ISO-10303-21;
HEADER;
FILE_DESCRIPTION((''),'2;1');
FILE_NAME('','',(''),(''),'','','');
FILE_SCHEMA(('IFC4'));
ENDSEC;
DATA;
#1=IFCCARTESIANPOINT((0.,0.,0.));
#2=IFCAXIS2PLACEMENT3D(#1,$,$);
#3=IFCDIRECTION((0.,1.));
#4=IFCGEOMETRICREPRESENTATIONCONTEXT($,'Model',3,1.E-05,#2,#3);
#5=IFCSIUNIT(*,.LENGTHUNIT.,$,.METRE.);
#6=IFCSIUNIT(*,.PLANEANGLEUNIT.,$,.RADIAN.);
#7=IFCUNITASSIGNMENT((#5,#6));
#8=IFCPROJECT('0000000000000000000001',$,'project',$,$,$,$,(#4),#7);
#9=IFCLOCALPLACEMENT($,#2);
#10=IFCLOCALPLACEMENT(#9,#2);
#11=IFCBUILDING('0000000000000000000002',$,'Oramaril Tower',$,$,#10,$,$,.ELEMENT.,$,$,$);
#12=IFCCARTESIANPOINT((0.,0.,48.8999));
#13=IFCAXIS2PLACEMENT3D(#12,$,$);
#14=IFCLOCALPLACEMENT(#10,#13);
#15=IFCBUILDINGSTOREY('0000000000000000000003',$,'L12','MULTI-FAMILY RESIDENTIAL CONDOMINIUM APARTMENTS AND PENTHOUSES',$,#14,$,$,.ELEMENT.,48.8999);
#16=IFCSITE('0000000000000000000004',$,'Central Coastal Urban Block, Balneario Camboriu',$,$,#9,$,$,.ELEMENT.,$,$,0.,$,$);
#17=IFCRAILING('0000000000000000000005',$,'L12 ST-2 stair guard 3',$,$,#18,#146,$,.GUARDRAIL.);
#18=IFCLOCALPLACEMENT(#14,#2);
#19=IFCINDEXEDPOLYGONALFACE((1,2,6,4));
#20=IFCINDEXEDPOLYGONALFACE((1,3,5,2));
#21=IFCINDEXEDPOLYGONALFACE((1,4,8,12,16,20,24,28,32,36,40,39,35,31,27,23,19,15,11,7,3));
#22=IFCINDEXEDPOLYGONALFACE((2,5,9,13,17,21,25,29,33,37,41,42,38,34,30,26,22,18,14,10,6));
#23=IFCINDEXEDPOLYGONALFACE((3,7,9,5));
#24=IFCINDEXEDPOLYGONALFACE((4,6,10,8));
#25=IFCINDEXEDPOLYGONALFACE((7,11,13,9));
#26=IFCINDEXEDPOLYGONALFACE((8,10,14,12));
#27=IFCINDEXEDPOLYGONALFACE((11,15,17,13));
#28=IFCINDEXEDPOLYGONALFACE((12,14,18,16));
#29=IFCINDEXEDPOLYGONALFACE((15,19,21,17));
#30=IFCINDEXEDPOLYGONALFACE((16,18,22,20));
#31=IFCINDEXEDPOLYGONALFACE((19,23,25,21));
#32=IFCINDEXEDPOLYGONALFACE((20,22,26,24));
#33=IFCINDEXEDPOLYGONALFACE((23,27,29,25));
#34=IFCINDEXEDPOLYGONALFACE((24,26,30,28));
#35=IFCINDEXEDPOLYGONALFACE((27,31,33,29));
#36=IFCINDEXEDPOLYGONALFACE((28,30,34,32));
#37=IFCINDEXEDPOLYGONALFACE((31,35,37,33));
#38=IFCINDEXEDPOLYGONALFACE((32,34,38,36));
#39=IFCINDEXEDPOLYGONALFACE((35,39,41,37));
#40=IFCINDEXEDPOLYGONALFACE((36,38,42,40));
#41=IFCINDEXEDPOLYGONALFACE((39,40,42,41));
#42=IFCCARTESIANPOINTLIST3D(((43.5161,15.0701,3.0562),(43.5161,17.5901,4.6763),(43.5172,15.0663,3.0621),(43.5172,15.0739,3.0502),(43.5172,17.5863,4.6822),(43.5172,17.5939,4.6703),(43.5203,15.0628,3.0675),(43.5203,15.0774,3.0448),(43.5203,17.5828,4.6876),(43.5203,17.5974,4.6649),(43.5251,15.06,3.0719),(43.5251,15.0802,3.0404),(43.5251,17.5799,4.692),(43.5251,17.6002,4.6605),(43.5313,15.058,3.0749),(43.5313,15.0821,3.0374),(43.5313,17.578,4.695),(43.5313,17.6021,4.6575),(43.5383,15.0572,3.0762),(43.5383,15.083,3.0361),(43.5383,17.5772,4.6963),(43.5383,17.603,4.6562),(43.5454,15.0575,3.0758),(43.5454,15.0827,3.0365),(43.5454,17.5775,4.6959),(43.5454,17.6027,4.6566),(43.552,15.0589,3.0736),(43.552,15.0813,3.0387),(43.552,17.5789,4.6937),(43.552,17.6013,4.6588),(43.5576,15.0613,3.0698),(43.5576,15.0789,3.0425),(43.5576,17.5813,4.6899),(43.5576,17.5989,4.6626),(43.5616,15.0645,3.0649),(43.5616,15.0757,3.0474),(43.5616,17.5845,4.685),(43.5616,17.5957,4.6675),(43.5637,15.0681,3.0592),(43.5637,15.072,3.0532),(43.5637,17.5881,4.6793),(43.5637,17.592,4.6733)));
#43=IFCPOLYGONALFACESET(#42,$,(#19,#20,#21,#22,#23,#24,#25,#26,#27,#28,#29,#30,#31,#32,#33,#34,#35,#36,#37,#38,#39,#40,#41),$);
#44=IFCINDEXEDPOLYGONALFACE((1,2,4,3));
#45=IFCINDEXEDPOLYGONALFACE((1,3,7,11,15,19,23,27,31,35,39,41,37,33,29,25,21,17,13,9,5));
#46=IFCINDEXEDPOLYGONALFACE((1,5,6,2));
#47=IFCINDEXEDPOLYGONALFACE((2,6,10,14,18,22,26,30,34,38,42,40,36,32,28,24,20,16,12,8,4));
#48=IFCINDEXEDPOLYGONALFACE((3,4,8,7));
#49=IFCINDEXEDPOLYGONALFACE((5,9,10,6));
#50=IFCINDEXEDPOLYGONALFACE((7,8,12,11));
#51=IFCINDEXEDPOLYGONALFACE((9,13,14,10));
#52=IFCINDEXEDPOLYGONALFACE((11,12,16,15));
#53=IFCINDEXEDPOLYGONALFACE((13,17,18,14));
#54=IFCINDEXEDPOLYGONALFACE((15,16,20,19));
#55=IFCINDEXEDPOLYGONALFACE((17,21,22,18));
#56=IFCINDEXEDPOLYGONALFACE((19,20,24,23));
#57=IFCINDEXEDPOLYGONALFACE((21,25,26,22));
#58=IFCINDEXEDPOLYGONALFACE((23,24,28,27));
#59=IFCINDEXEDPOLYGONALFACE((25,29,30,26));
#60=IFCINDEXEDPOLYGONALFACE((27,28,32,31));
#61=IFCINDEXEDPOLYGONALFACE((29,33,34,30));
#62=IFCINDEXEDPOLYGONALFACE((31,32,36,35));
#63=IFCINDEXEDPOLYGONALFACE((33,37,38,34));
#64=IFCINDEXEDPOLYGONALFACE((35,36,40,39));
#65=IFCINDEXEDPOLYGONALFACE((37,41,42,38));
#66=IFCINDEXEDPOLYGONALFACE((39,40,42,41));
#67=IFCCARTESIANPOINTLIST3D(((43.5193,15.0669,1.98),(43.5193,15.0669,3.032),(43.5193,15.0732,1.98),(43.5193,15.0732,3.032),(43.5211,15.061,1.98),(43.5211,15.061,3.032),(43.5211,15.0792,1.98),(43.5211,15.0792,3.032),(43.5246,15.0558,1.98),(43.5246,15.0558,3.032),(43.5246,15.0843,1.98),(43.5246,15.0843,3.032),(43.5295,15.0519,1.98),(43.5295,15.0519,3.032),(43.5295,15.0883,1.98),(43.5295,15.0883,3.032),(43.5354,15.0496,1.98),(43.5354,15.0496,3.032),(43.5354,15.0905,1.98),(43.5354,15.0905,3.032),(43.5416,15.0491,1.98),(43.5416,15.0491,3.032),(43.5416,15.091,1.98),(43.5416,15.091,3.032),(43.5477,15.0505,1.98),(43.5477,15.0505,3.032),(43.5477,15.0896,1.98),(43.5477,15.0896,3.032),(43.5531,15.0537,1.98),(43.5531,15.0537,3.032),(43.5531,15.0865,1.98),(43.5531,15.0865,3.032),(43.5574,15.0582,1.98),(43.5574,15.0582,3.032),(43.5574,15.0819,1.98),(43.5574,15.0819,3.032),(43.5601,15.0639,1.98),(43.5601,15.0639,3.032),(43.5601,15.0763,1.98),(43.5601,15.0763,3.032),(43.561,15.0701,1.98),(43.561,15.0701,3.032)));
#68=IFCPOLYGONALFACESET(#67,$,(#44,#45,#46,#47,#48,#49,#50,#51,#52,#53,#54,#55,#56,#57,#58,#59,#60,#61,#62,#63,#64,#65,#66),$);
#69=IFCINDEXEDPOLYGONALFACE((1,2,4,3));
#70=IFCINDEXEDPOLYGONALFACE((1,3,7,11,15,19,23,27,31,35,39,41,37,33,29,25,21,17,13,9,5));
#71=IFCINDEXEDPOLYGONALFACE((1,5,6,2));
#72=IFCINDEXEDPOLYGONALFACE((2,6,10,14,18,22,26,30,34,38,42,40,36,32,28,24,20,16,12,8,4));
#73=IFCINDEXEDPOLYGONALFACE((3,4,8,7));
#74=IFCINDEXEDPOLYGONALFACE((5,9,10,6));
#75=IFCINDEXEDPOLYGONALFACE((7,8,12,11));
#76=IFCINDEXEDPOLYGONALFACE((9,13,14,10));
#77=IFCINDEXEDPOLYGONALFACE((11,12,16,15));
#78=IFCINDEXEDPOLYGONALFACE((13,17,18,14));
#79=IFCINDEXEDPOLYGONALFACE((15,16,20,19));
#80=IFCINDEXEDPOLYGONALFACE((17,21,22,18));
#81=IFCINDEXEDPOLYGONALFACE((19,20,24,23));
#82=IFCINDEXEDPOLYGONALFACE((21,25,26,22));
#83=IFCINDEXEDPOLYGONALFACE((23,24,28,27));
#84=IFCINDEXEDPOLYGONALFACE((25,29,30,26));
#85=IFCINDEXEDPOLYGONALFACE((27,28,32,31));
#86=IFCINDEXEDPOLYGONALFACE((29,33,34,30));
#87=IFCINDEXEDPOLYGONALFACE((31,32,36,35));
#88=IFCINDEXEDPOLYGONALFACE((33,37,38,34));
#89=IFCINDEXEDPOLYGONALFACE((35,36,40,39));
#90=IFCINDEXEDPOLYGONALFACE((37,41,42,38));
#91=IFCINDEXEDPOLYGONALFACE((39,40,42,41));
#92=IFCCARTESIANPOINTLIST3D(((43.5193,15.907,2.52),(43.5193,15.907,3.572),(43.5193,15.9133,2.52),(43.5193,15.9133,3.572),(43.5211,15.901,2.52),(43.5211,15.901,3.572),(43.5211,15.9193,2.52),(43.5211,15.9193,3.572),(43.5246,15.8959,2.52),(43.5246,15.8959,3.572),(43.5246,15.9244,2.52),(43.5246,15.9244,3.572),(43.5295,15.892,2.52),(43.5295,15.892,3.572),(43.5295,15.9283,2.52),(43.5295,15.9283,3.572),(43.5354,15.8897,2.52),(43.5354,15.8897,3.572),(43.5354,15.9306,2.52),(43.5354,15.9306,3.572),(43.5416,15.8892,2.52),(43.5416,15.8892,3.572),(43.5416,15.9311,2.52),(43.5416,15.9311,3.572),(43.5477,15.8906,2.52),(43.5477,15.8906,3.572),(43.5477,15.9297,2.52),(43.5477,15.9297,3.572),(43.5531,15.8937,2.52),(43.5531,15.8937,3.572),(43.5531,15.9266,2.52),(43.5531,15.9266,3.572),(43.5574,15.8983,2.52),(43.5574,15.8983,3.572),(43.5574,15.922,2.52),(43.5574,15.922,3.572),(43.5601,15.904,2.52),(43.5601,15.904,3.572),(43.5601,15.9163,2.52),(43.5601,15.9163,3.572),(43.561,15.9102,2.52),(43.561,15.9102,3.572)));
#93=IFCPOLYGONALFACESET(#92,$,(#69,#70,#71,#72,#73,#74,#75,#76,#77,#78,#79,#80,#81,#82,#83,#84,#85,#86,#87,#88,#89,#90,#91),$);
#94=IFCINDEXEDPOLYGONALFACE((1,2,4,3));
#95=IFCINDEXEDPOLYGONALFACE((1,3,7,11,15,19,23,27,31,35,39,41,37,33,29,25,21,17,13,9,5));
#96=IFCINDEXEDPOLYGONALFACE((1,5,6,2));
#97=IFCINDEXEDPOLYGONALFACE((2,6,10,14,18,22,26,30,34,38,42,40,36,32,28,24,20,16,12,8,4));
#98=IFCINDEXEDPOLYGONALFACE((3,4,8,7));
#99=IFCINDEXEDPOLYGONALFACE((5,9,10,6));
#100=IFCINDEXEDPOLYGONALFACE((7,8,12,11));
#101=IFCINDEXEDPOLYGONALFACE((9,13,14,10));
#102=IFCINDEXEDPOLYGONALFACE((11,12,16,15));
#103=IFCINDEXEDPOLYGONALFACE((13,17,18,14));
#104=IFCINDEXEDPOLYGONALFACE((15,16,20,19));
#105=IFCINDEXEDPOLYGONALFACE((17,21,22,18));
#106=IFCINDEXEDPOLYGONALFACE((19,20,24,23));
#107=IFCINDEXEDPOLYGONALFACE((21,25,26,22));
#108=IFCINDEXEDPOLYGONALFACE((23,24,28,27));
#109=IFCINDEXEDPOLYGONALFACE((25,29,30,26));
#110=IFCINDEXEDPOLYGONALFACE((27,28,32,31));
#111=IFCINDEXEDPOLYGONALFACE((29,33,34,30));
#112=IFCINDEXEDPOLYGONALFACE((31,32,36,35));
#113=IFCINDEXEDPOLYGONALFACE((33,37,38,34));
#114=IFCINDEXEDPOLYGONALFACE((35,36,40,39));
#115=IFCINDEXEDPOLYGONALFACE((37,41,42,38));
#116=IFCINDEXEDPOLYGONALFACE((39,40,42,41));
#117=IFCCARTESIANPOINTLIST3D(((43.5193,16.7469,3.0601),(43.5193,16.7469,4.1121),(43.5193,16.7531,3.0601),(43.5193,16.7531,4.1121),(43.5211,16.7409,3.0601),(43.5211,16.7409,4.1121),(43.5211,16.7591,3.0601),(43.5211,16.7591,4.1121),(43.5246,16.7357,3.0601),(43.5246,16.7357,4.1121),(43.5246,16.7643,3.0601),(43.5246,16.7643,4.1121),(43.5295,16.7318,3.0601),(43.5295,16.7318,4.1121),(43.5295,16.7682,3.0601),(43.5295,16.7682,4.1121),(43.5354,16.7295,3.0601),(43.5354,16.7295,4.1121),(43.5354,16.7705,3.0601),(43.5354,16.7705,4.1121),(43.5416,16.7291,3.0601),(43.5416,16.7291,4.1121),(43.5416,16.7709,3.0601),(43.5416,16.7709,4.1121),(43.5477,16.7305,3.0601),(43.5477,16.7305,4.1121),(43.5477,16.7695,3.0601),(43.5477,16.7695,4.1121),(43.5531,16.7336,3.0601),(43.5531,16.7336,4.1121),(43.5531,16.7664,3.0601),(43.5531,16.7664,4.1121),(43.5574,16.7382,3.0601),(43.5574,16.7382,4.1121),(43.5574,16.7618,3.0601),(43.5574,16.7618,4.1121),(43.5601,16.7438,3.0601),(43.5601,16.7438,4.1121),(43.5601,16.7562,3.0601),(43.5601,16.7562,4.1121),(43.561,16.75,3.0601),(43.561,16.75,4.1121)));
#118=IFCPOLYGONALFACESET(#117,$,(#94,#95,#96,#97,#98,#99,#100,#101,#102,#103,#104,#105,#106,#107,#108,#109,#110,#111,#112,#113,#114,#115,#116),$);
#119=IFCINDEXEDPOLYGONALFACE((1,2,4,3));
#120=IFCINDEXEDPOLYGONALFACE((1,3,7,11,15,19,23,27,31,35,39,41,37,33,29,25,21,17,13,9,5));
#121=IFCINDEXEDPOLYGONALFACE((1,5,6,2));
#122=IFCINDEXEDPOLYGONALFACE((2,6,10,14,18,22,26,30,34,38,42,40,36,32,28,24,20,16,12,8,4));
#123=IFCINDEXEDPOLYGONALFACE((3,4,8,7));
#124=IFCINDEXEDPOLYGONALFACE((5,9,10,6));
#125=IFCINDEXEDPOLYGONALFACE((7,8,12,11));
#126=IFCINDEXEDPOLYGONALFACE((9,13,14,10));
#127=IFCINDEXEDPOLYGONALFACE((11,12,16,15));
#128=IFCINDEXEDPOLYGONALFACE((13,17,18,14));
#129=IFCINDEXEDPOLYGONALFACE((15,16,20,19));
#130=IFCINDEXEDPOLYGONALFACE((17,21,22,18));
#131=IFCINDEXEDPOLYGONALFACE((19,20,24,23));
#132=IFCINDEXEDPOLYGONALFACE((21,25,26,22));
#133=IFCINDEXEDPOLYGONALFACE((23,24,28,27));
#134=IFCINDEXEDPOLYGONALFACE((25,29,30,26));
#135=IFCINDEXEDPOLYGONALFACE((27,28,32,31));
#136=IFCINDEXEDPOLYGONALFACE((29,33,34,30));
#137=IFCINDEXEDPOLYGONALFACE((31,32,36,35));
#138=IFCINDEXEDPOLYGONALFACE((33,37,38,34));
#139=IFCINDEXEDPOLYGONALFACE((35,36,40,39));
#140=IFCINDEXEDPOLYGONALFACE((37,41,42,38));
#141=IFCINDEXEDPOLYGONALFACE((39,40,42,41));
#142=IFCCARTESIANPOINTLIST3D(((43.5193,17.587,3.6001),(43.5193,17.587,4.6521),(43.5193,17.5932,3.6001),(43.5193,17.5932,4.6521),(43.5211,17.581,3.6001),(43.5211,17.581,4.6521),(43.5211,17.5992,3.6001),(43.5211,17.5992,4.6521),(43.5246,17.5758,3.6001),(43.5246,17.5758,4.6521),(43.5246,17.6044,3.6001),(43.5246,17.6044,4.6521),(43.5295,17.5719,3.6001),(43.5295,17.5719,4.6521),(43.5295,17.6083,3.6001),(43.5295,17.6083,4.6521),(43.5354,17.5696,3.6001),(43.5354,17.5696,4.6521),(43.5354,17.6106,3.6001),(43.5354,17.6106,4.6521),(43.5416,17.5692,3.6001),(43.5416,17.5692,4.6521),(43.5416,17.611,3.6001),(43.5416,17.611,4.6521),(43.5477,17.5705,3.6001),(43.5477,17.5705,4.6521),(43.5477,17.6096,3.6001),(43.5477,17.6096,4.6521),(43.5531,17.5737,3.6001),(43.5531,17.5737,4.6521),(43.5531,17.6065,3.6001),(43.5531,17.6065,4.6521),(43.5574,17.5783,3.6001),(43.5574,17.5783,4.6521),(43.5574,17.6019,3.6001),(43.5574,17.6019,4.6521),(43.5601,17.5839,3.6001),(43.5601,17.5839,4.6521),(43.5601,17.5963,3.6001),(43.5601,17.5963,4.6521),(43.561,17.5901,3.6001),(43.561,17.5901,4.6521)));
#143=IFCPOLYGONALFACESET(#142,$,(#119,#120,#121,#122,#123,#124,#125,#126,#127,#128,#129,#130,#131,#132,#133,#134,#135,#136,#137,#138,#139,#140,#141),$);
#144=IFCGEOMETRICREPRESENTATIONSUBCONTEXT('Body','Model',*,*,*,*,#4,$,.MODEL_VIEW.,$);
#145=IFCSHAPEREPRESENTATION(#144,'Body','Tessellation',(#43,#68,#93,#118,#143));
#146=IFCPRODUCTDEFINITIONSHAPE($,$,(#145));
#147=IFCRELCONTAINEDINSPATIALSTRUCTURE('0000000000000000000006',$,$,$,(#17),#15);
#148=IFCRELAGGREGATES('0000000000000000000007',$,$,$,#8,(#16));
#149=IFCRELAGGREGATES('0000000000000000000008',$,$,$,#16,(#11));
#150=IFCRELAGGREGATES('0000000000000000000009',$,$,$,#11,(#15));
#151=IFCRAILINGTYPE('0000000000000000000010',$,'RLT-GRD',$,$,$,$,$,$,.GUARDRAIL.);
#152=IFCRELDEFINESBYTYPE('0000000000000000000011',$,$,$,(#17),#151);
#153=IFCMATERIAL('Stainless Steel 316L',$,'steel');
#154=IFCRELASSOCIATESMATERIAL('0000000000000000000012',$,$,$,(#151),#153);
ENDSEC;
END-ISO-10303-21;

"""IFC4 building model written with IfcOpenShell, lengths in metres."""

from ifc_helpers import new_model, si_unit, direction, frame, origin, origin_2d, place, context, subcontext, project, spatial, circle, extrude, material, type_object, element, save


model = new_model("IFC4")

# Units and contexts
model_context = context("Model", 3, precision=1e-05, world=origin(), true_north=direction((0.0, 1.0)))
body_context = subcontext(model_context, "Body", "Model", "MODEL_VIEW")
ifc_project = project(units=[si_unit("LENGTHUNIT", "METRE"), si_unit("PLANEANGLEUNIT", "RADIAN")], contexts=[model_context])

# Site, building, storey
site_placement = place(None, origin())
site = spatial("IfcSite", under=ifc_project, at=site_placement, Name="Central Coastal Urban Block, Balneario Camboriu", CompositionType="ELEMENT", RefElevation=0.0)
building_placement = place(site_placement, origin())
building = spatial("IfcBuilding", under=site, at=building_placement, Name="Oramaril Tower", CompositionType="ELEMENT")
storey_placement = place(building_placement, frame((0.0, 0.0, 48.8999)))
storey = spatial("IfcBuildingStorey", under=building, at=storey_placement, Name="L12", Description="MULTI-FAMILY RESIDENTIAL CONDOMINIUM APARTMENTS AND PENTHOUSES", CompositionType="ELEMENT", Elevation=48.8999)

# Railing
ifc_material_1 = material(Name="Stainless Steel 316L", Category="steel")
railing_type_1 = type_object("IfcRailingType", Name="RLT-GRD", PredefinedType="GUARDRAIL", material=ifc_material_1)
railing_1_placement = place(storey_placement, frame((43.54, 15.0701, 1.98)))
element("IfcRailing", 1, at=railing_1_placement, inside=storey, type_object=railing_type_1, Name="L12 ST-2 stair guard 3", PredefinedType="GUARDRAIL", context=body_context, shape_type="SweptSolid", body=[
    extrude(circle(Radius=0.0239, at=origin_2d()), frame((0.0, 0.0, 1.0762), z_axis=(0.0, 0.841163, 0.540782), x_axis=(-1.0, 0.0, 0.0)), (0.0, 0.0, 1.0), 2.9958),
    extrude(circle(Radius=0.021, at=origin_2d()), origin(), (0.0, 0.0, 1.0), 1.052),
    extrude(circle(Radius=0.021, at=origin_2d()), frame((0.0, 0.8401, 0.54)), (0.0, 0.0, 1.0), 1.052),
    extrude(circle(Radius=0.021, at=origin_2d()), frame((0.0, 1.6799, 1.0801)), (0.0, 0.0, 1.0), 1.052),
    extrude(circle(Radius=0.021, at=origin_2d()), frame((0.0, 2.52, 1.6201)), (0.0, 0.0, 1.0), 1.052),
])

save(model, "model.ifc")
